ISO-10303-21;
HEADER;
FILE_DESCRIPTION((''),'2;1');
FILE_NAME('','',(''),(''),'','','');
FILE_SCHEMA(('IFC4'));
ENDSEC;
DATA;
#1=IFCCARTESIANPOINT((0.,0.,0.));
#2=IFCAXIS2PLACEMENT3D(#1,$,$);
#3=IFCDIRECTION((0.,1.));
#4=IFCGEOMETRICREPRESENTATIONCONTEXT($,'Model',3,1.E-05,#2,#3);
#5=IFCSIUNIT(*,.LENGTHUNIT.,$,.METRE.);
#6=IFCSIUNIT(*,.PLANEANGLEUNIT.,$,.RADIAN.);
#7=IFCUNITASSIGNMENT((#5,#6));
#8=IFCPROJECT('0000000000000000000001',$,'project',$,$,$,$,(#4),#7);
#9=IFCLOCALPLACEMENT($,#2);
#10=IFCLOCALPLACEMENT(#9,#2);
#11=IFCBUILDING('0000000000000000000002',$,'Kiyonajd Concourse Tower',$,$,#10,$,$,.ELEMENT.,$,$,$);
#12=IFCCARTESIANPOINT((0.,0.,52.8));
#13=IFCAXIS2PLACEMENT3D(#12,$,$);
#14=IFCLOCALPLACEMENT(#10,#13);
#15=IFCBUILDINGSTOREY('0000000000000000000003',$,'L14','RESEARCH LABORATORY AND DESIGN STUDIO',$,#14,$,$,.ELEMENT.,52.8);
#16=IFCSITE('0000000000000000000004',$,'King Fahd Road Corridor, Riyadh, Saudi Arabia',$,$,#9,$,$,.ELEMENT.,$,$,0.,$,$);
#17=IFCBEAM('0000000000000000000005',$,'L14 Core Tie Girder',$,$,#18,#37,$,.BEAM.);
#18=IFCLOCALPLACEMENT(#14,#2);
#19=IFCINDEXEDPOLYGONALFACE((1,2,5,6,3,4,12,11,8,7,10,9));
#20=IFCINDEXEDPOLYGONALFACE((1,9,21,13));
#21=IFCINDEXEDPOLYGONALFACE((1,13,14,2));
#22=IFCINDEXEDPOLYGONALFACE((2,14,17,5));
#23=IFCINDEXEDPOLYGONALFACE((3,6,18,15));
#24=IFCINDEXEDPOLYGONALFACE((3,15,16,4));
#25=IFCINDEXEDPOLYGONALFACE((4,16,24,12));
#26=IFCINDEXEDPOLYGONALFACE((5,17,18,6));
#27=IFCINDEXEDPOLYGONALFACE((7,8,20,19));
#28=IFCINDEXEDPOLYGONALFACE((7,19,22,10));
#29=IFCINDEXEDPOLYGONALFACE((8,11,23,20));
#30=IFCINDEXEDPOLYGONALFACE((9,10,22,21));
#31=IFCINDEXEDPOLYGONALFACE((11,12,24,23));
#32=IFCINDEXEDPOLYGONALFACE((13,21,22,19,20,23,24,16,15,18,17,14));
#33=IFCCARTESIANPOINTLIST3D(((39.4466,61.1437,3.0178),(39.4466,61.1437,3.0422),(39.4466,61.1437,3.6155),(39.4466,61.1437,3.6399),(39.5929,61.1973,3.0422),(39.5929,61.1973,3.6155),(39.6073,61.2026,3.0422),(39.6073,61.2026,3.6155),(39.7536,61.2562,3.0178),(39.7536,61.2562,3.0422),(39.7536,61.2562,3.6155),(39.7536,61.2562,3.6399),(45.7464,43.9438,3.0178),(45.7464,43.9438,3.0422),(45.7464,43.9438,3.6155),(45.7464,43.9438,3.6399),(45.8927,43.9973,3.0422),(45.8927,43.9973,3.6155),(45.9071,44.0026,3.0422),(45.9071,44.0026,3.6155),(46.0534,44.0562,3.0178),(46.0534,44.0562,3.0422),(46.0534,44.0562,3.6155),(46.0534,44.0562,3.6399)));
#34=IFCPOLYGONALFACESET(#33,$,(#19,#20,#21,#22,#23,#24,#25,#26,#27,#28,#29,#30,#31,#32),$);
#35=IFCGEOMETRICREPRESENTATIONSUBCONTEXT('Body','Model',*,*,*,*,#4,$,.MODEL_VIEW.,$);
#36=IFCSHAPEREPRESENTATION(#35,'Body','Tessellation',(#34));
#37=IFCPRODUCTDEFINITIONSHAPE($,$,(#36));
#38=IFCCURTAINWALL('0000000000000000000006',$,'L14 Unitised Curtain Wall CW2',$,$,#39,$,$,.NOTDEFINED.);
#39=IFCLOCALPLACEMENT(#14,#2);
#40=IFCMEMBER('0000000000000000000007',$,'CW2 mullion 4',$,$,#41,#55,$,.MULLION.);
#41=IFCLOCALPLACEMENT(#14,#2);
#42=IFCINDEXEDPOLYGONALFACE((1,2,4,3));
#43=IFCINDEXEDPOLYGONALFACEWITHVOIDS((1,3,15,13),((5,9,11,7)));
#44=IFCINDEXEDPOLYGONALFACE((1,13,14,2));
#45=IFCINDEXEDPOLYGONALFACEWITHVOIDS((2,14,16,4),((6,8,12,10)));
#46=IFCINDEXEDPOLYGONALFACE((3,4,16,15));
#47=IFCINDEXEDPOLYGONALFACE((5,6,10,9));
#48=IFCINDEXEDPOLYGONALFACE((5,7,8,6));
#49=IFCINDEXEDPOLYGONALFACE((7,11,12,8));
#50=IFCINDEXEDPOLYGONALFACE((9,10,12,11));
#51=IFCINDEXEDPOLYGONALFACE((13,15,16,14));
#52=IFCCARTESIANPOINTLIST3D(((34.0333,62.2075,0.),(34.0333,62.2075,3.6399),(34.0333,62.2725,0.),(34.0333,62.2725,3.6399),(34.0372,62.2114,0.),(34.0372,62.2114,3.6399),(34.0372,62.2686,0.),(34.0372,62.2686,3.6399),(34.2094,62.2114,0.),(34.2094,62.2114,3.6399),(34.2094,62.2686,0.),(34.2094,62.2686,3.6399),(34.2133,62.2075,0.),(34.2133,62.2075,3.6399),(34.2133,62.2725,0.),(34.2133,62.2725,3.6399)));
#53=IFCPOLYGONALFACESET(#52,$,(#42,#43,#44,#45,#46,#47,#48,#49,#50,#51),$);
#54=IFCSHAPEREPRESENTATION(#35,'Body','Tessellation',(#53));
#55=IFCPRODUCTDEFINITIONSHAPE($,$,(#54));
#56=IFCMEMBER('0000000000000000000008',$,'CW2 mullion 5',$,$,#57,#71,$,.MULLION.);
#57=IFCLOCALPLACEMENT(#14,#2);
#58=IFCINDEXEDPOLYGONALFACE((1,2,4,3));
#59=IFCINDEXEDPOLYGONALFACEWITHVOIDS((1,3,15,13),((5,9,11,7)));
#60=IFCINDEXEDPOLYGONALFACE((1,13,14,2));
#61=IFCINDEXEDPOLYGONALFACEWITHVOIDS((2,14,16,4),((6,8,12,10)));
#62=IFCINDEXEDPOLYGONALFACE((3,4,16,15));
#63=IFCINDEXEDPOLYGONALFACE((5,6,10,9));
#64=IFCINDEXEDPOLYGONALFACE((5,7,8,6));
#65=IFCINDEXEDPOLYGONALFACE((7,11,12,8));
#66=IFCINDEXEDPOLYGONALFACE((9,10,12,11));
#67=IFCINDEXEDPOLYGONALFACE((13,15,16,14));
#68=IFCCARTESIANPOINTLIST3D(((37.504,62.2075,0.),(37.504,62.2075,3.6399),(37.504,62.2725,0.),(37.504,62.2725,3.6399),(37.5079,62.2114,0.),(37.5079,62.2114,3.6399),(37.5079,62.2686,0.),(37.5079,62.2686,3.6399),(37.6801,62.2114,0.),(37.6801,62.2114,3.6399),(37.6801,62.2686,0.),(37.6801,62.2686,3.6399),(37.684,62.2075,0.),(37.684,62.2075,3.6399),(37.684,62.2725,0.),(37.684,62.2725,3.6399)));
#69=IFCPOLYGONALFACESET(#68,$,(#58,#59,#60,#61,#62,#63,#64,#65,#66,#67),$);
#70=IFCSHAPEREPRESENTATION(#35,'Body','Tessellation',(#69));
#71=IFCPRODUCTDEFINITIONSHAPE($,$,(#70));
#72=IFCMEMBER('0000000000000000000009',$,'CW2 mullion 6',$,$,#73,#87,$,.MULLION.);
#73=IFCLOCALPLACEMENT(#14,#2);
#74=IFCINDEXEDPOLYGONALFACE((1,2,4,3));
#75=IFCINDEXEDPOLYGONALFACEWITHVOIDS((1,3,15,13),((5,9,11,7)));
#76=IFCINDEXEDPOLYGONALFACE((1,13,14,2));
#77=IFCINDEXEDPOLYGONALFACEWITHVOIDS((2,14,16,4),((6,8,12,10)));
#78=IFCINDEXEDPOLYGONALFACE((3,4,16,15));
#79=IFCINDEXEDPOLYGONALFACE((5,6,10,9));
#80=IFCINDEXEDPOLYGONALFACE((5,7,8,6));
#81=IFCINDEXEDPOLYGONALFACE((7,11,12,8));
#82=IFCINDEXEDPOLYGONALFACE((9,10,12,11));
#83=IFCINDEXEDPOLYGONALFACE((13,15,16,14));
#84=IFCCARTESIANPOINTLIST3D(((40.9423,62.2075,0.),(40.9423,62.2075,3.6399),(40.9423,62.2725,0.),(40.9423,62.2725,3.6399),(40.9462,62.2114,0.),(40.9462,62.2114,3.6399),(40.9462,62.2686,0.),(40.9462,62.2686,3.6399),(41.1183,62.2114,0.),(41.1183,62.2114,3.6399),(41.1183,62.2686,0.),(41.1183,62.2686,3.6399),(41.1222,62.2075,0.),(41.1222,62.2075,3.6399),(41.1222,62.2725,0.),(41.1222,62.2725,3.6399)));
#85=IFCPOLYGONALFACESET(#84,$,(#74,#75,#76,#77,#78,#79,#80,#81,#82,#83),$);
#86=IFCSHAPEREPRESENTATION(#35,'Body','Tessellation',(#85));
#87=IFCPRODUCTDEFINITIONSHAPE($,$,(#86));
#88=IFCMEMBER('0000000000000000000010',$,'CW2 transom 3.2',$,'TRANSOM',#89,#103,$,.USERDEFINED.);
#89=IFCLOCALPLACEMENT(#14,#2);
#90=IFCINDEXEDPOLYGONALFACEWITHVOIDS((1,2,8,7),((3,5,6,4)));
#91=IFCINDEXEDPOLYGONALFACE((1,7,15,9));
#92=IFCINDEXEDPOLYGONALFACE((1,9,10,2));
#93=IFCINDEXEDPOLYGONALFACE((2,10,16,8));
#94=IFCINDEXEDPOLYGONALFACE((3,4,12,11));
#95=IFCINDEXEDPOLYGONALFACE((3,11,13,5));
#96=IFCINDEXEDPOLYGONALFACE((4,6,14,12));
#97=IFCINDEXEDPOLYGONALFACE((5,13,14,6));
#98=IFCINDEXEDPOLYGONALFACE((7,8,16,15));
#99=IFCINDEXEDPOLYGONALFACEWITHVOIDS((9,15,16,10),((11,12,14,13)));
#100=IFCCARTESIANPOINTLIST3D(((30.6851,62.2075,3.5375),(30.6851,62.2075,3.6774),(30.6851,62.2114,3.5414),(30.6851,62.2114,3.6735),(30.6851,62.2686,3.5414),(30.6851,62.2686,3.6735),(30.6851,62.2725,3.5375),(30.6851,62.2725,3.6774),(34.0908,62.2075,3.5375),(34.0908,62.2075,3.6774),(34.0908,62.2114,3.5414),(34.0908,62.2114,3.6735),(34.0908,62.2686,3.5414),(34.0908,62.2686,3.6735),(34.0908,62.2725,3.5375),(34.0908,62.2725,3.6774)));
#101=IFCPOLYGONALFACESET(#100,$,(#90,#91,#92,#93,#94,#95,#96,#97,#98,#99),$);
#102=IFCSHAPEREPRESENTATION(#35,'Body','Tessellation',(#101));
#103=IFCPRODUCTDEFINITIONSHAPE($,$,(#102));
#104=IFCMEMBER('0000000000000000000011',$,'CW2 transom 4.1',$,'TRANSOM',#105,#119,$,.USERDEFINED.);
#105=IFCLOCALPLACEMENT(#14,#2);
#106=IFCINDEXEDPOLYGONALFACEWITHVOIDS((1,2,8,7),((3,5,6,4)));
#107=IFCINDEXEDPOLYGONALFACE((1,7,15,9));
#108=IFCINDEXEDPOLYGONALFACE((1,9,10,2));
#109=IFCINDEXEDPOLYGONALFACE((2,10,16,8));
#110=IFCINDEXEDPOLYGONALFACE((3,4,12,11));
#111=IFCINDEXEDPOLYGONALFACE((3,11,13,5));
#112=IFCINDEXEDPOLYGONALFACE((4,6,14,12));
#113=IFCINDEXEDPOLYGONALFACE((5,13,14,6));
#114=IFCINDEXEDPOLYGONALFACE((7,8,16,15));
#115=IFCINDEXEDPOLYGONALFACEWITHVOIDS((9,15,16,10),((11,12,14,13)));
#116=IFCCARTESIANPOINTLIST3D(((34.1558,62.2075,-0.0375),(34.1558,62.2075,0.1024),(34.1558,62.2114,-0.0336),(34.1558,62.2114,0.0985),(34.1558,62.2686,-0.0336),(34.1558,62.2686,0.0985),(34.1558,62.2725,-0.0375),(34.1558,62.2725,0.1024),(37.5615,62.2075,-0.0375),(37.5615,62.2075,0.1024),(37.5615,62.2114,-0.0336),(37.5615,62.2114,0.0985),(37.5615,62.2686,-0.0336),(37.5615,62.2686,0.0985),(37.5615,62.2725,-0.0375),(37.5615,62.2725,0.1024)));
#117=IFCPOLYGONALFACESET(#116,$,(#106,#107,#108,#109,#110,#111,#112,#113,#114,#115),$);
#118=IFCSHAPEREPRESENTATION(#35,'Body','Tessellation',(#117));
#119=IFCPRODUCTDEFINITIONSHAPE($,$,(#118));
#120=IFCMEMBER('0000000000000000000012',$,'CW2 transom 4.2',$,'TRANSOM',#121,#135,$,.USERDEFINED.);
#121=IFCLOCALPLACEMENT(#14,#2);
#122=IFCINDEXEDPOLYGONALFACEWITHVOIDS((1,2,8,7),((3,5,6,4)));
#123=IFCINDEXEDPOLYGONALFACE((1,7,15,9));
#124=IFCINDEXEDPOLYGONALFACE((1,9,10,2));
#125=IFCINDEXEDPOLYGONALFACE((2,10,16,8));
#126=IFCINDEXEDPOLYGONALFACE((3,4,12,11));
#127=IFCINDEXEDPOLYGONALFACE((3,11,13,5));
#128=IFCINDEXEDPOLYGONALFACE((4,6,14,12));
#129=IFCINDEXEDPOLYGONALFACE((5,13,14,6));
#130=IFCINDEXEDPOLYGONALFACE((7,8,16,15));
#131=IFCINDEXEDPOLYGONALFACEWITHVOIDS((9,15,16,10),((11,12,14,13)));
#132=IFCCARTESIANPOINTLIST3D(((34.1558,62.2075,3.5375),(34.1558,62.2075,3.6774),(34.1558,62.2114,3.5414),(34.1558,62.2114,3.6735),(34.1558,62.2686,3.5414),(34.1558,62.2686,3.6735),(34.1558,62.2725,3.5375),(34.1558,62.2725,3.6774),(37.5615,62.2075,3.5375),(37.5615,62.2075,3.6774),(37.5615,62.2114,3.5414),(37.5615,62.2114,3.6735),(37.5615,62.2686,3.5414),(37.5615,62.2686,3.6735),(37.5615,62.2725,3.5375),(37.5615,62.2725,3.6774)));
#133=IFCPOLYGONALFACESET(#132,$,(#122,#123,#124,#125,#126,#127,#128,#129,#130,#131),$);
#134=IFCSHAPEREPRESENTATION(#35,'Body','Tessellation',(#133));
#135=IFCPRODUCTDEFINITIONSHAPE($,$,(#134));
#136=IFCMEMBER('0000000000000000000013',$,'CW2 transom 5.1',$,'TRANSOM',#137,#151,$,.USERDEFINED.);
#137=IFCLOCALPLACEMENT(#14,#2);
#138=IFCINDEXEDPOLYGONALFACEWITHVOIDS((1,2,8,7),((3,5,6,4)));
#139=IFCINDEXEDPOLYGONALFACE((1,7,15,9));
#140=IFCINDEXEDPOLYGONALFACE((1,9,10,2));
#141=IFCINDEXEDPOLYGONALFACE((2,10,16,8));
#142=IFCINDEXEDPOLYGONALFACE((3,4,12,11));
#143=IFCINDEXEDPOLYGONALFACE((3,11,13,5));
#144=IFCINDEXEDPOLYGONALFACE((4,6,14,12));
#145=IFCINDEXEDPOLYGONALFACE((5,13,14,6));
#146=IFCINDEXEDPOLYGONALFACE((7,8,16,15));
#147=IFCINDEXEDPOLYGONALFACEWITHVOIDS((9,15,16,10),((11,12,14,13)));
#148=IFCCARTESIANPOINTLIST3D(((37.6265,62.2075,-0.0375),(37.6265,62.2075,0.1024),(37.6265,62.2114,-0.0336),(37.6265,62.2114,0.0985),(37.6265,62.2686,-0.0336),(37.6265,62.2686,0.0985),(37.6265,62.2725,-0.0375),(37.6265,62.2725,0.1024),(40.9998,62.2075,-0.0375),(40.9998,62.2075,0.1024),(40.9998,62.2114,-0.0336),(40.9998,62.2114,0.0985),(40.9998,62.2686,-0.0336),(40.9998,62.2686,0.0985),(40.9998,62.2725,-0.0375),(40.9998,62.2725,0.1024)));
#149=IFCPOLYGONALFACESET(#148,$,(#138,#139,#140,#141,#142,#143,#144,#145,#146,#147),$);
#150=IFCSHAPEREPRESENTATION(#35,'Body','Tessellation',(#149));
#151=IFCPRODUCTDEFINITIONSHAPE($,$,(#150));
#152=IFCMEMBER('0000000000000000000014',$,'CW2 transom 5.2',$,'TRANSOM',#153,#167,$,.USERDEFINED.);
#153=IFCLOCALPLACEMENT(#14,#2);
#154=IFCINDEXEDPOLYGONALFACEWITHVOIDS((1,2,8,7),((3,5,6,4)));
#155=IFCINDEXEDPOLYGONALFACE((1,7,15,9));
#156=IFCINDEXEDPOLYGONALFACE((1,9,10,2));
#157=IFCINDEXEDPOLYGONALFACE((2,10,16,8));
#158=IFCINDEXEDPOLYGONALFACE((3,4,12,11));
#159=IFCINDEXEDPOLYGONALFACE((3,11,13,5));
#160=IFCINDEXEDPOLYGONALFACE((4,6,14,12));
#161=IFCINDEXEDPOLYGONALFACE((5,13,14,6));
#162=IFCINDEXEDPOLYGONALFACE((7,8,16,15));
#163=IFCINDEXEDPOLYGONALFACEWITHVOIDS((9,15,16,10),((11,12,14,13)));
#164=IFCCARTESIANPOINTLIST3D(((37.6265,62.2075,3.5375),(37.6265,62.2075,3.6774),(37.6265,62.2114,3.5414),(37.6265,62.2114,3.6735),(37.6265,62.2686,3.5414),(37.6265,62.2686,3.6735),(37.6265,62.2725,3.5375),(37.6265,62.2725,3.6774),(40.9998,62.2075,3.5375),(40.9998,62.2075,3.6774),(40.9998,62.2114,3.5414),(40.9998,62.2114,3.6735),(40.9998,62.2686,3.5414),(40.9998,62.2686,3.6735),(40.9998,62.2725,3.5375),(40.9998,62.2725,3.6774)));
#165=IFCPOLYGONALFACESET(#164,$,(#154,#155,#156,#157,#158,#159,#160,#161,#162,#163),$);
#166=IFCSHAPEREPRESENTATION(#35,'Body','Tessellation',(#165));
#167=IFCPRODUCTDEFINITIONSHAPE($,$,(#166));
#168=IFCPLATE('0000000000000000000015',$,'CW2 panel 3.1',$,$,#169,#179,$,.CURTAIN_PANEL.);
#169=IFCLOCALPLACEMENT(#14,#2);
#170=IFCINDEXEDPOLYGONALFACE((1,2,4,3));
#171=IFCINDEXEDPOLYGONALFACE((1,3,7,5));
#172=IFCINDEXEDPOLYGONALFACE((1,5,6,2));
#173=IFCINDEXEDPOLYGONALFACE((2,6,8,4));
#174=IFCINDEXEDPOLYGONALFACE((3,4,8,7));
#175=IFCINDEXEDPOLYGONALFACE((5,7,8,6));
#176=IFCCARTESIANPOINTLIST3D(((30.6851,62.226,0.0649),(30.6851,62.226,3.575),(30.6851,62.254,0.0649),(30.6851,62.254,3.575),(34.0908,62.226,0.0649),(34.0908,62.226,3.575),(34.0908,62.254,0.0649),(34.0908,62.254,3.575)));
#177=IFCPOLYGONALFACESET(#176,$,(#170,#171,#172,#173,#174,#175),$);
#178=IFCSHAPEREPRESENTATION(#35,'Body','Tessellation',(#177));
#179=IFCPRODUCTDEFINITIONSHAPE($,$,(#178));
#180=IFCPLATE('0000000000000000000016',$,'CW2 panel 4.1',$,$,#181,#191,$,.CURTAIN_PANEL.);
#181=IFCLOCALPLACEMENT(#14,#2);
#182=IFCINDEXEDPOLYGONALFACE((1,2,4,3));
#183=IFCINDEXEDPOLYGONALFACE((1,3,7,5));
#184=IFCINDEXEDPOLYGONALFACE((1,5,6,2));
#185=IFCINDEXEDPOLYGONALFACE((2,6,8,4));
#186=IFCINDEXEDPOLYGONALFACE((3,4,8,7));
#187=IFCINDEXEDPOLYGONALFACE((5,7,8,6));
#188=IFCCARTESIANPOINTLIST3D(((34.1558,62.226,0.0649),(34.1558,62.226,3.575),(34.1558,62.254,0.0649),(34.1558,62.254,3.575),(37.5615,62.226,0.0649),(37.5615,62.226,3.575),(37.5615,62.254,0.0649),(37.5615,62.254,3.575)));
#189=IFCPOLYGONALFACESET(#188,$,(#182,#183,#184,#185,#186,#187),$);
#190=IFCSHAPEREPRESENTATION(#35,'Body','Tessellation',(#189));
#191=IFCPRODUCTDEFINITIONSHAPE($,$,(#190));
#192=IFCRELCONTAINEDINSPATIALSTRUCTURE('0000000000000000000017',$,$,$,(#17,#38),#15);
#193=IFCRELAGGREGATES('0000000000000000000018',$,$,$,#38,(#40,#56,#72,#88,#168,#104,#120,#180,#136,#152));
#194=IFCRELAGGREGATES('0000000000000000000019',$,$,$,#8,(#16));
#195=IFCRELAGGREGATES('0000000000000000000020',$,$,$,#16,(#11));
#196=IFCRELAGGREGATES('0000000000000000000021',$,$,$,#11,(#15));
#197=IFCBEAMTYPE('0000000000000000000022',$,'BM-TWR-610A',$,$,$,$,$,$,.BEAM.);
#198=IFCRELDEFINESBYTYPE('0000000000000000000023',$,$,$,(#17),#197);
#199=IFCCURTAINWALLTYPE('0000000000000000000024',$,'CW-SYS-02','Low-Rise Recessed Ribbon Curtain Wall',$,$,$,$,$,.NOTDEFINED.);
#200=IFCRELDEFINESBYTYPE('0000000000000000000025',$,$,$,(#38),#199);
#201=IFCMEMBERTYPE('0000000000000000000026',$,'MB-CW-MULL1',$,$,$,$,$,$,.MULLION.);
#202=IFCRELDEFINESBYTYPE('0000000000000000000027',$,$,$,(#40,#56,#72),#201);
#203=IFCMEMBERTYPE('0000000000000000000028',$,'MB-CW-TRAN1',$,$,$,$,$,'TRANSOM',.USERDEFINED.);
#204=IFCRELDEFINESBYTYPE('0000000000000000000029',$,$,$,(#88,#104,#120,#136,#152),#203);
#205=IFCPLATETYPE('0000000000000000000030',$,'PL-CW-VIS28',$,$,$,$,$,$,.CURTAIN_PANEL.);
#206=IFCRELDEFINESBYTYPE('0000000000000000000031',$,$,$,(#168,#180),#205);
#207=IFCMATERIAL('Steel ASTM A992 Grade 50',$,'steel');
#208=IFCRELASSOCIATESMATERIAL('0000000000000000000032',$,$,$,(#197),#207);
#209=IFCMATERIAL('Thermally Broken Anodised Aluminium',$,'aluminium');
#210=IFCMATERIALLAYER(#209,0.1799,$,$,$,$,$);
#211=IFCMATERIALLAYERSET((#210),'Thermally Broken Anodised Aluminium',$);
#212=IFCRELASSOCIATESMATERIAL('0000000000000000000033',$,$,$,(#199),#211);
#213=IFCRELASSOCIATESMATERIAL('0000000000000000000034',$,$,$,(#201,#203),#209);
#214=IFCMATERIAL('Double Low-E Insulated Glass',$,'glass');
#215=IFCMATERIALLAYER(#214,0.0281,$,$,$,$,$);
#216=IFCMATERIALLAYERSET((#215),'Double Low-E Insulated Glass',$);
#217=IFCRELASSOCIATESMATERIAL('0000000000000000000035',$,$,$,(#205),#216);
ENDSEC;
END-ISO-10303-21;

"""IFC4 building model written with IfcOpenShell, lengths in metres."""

from ifc_helpers import new_model, si_unit, direction, frame, origin, origin_2d, place, context, subcontext, project, spatial, rectangle, hollow_rectangle, i_section, extrude, material, layer, layer_set, material_profile, profile_set, type_object, element, aggregate, save


model = new_model("IFC4")

# Units and contexts
model_context = context("Model", 3, precision=1e-05, world=origin(), true_north=direction((0.0, 1.0)))
body_context = subcontext(model_context, "Body", "Model", "MODEL_VIEW")
ifc_project = project(units=[si_unit("LENGTHUNIT", "METRE"), si_unit("PLANEANGLEUNIT", "RADIAN")], contexts=[model_context])

# Site, building, storey
site_placement = place(None, origin())
site = spatial("IfcSite", under=ifc_project, at=site_placement, Name="King Fahd Road Corridor, Riyadh, Saudi Arabia", CompositionType="ELEMENT", RefElevation=0.0)
building_placement = place(site_placement, origin())
building = spatial("IfcBuilding", under=site, at=building_placement, Name="Kiyonajd Concourse Tower", CompositionType="ELEMENT")
storey_placement = place(building_placement, frame((0.0, 0.0, 52.8)))
storey = spatial("IfcBuildingStorey", under=building, at=storey_placement, Name="L14", Description="RESEARCH LABORATORY AND DESIGN STUDIO", CompositionType="ELEMENT", Elevation=52.8)

# Beam
ifc_material_1 = material(Name="Steel ASTM A992 Grade 50", Category="steel")
ifc_material_profile_1 = material_profile(ifc_material_1, i_section(OverallWidth=0.3269, OverallDepth=0.6221, WebThickness=0.0154, FlangeThickness=0.0244, at=origin_2d()), Name="W610X195")
ifc_profile_set_1 = profile_set([ifc_material_profile_1], Name="Steel ASTM A992 Grade 50")
beam_type_1 = type_object("IfcBeamType", Name="BM-TWR-610A", PredefinedType="BEAM", material=ifc_profile_set_1)
beam_1_placement = place(storey_placement, frame((39.6001, 61.2, 3.3289), z_axis=(0.343925, -0.938997, 0.0), x_axis=(0.938997, 0.343925, 0.0)))
element("IfcBeam", 1, at=beam_1_placement, inside=storey, type_object=beam_type_1, Name="L14 Core Tie Girder", PredefinedType="BEAM", context=body_context, shape_type="SweptSolid", body=[
    extrude(i_section(OverallWidth=0.3269, OverallDepth=0.6221, WebThickness=0.0154, FlangeThickness=0.0244, at=origin_2d()), origin(), (0.0, 0.0, 1.0), 18.3174),
])

# Curtain wall, members, plates
ifc_material_2 = material(Name="Thermally Broken Anodised Aluminium", Category="aluminium")
ifc_layer_1 = layer(ifc_material_2, 0.1799)
ifc_layer_set_1 = layer_set([ifc_layer_1], Name="Thermally Broken Anodised Aluminium")
curtain_wall_type = type_object("IfcCurtainWallType", Name="CW-SYS-02", Description="Low-Rise Recessed Ribbon Curtain Wall", PredefinedType="NOTDEFINED", material=ifc_layer_set_1)
curtain_wall_placement = place(storey_placement, origin())
curtain_wall = element("IfcCurtainWall", 2, at=curtain_wall_placement, inside=storey, type_object=curtain_wall_type, Name="L14 Unitised Curtain Wall CW2", PredefinedType="NOTDEFINED")
ifc_material_profile_2 = material_profile(ifc_material_2, hollow_rectangle(XDim=0.0649, YDim=0.1799, WallThickness=0.0039, at=origin_2d()), Name="MULL-65x180")
ifc_profile_set_2 = profile_set([ifc_material_profile_2], Name="Thermally Broken Anodised Aluminium")
member_type_1 = type_object("IfcMemberType", Name="MB-CW-MULL1", PredefinedType="MULLION", material=ifc_profile_set_2)
member_1_placement = place(storey_placement, frame((34.1233, 62.24, 0.0), z_axis=(0.0, 0.0, 1.0), x_axis=(0.0, 1.0, 0.0)))
member_1 = element("IfcMember", 3, at=member_1_placement, type_object=member_type_1, Name="CW2 mullion 4", PredefinedType="MULLION", context=body_context, shape_type="SweptSolid", body=[
    extrude(hollow_rectangle(XDim=0.0649, YDim=0.1799, WallThickness=0.0039, at=origin_2d()), origin(), (0.0, 0.0, 1.0), 3.6399),
])
member_2_placement = place(storey_placement, frame((37.594, 62.24, 0.0), z_axis=(0.0, 0.0, 1.0), x_axis=(0.0, 1.0, 0.0)))
member_2 = element("IfcMember", 4, at=member_2_placement, type_object=member_type_1, Name="CW2 mullion 5", PredefinedType="MULLION", context=body_context, shape_type="SweptSolid", body=[
    extrude(hollow_rectangle(XDim=0.0649, YDim=0.1799, WallThickness=0.0039, at=origin_2d()), origin(), (0.0, 0.0, 1.0), 3.6399),
])
member_3_placement = place(storey_placement, frame((41.0322, 62.24, 0.0), z_axis=(0.0, 0.0, 1.0), x_axis=(0.0, 1.0, 0.0)))
member_3 = element("IfcMember", 5, at=member_3_placement, type_object=member_type_1, Name="CW2 mullion 6", PredefinedType="MULLION", context=body_context, shape_type="SweptSolid", body=[
    extrude(hollow_rectangle(XDim=0.0649, YDim=0.1799, WallThickness=0.0039, at=origin_2d()), origin(), (0.0, 0.0, 1.0), 3.6399),
])
ifc_material_profile_3 = material_profile(ifc_material_2, hollow_rectangle(XDim=0.0649, YDim=0.1399, WallThickness=0.0039, at=origin_2d()), Name="TRAN-65x140")
ifc_profile_set_3 = profile_set([ifc_material_profile_3], Name="Thermally Broken Anodised Aluminium")
member_type_2 = type_object("IfcMemberType", Name="MB-CW-TRAN1", ElementType="TRANSOM", PredefinedType="USERDEFINED", material=ifc_profile_set_3)
member_4_placement = place(storey_placement, frame((30.6851, 62.24, 3.6074), z_axis=(1.0, 0.0, 0.0), x_axis=(0.0, 1.0, 0.0)))
member_4 = element("IfcMember", 6, at=member_4_placement, type_object=member_type_2, Name="CW2 transom 3.2", ObjectType="TRANSOM", PredefinedType="USERDEFINED", context=body_context, shape_type="SweptSolid", body=[
    extrude(hollow_rectangle(XDim=0.0649, YDim=0.1399, WallThickness=0.0039, at=origin_2d()), origin(), (0.0, 0.0, 1.0), 3.4058),
])
member_5_placement = place(storey_placement, frame((34.1558, 62.24, 0.0325), z_axis=(1.0, 0.0, 0.0), x_axis=(0.0, 1.0, 0.0)))
member_5 = element("IfcMember", 7, at=member_5_placement, type_object=member_type_2, Name="CW2 transom 4.1", ObjectType="TRANSOM", PredefinedType="USERDEFINED", context=body_context, shape_type="SweptSolid", body=[
    extrude(hollow_rectangle(XDim=0.0649, YDim=0.1399, WallThickness=0.0039, at=origin_2d()), origin(), (0.0, 0.0, 1.0), 3.4058),
])
member_6_placement = place(storey_placement, frame((34.1558, 62.24, 3.6074), z_axis=(1.0, 0.0, 0.0), x_axis=(0.0, 1.0, 0.0)))
member_6 = element("IfcMember", 8, at=member_6_placement, type_object=member_type_2, Name="CW2 transom 4.2", ObjectType="TRANSOM", PredefinedType="USERDEFINED", context=body_context, shape_type="SweptSolid", body=[
    extrude(hollow_rectangle(XDim=0.0649, YDim=0.1399, WallThickness=0.0039, at=origin_2d()), origin(), (0.0, 0.0, 1.0), 3.4058),
])
member_7_placement = place(storey_placement, frame((37.6265, 62.24, 0.0325), z_axis=(1.0, 0.0, 0.0), x_axis=(0.0, 1.0, 0.0)))
member_7 = element("IfcMember", 9, at=member_7_placement, type_object=member_type_2, Name="CW2 transom 5.1", ObjectType="TRANSOM", PredefinedType="USERDEFINED", context=body_context, shape_type="SweptSolid", body=[
    extrude(hollow_rectangle(XDim=0.0649, YDim=0.1399, WallThickness=0.0039, at=origin_2d()), origin(), (0.0, 0.0, 1.0), 3.3733),
])
member_8_placement = place(storey_placement, frame((37.6265, 62.24, 3.6074), z_axis=(1.0, 0.0, 0.0), x_axis=(0.0, 1.0, 0.0)))
member_8 = element("IfcMember", 10, at=member_8_placement, type_object=member_type_2, Name="CW2 transom 5.2", ObjectType="TRANSOM", PredefinedType="USERDEFINED", context=body_context, shape_type="SweptSolid", body=[
    extrude(hollow_rectangle(XDim=0.0649, YDim=0.1399, WallThickness=0.0039, at=origin_2d()), origin(), (0.0, 0.0, 1.0), 3.3733),
])
ifc_material_3 = material(Name="Double Low-E Insulated Glass", Category="glass")
ifc_layer_2 = layer(ifc_material_3, 0.0281)
ifc_layer_set_2 = layer_set([ifc_layer_2], Name="Double Low-E Insulated Glass")
plate_type_1 = type_object("IfcPlateType", Name="PL-CW-VIS28", PredefinedType="CURTAIN_PANEL", material=ifc_layer_set_2)
plate_1_placement = place(storey_placement, frame((32.3879, 62.24, 0.0649), z_axis=(0.0, 0.0, 1.0), x_axis=(1.0, 0.0, 0.0)))
plate_1 = element("IfcPlate", 11, at=plate_1_placement, type_object=plate_type_1, Name="CW2 panel 3.1", PredefinedType="CURTAIN_PANEL", context=body_context, shape_type="SweptSolid", body=[
    extrude(rectangle(XDim=3.4058, YDim=0.0281, at=origin_2d()), origin(), (0.0, 0.0, 1.0), 3.51),
])
plate_2_placement = place(storey_placement, frame((35.8586, 62.24, 0.0649), z_axis=(0.0, 0.0, 1.0), x_axis=(1.0, 0.0, 0.0)))
plate_2 = element("IfcPlate", 12, at=plate_2_placement, type_object=plate_type_1, Name="CW2 panel 4.1", PredefinedType="CURTAIN_PANEL", context=body_context, shape_type="SweptSolid", body=[
    extrude(rectangle(XDim=3.4058, YDim=0.0281, at=origin_2d()), origin(), (0.0, 0.0, 1.0), 3.51),
])
aggregate(curtain_wall, [member_1, member_2, member_3, member_4, plate_1, member_5, member_6, plate_2, member_7, member_8])

save(model, "model.ifc")
